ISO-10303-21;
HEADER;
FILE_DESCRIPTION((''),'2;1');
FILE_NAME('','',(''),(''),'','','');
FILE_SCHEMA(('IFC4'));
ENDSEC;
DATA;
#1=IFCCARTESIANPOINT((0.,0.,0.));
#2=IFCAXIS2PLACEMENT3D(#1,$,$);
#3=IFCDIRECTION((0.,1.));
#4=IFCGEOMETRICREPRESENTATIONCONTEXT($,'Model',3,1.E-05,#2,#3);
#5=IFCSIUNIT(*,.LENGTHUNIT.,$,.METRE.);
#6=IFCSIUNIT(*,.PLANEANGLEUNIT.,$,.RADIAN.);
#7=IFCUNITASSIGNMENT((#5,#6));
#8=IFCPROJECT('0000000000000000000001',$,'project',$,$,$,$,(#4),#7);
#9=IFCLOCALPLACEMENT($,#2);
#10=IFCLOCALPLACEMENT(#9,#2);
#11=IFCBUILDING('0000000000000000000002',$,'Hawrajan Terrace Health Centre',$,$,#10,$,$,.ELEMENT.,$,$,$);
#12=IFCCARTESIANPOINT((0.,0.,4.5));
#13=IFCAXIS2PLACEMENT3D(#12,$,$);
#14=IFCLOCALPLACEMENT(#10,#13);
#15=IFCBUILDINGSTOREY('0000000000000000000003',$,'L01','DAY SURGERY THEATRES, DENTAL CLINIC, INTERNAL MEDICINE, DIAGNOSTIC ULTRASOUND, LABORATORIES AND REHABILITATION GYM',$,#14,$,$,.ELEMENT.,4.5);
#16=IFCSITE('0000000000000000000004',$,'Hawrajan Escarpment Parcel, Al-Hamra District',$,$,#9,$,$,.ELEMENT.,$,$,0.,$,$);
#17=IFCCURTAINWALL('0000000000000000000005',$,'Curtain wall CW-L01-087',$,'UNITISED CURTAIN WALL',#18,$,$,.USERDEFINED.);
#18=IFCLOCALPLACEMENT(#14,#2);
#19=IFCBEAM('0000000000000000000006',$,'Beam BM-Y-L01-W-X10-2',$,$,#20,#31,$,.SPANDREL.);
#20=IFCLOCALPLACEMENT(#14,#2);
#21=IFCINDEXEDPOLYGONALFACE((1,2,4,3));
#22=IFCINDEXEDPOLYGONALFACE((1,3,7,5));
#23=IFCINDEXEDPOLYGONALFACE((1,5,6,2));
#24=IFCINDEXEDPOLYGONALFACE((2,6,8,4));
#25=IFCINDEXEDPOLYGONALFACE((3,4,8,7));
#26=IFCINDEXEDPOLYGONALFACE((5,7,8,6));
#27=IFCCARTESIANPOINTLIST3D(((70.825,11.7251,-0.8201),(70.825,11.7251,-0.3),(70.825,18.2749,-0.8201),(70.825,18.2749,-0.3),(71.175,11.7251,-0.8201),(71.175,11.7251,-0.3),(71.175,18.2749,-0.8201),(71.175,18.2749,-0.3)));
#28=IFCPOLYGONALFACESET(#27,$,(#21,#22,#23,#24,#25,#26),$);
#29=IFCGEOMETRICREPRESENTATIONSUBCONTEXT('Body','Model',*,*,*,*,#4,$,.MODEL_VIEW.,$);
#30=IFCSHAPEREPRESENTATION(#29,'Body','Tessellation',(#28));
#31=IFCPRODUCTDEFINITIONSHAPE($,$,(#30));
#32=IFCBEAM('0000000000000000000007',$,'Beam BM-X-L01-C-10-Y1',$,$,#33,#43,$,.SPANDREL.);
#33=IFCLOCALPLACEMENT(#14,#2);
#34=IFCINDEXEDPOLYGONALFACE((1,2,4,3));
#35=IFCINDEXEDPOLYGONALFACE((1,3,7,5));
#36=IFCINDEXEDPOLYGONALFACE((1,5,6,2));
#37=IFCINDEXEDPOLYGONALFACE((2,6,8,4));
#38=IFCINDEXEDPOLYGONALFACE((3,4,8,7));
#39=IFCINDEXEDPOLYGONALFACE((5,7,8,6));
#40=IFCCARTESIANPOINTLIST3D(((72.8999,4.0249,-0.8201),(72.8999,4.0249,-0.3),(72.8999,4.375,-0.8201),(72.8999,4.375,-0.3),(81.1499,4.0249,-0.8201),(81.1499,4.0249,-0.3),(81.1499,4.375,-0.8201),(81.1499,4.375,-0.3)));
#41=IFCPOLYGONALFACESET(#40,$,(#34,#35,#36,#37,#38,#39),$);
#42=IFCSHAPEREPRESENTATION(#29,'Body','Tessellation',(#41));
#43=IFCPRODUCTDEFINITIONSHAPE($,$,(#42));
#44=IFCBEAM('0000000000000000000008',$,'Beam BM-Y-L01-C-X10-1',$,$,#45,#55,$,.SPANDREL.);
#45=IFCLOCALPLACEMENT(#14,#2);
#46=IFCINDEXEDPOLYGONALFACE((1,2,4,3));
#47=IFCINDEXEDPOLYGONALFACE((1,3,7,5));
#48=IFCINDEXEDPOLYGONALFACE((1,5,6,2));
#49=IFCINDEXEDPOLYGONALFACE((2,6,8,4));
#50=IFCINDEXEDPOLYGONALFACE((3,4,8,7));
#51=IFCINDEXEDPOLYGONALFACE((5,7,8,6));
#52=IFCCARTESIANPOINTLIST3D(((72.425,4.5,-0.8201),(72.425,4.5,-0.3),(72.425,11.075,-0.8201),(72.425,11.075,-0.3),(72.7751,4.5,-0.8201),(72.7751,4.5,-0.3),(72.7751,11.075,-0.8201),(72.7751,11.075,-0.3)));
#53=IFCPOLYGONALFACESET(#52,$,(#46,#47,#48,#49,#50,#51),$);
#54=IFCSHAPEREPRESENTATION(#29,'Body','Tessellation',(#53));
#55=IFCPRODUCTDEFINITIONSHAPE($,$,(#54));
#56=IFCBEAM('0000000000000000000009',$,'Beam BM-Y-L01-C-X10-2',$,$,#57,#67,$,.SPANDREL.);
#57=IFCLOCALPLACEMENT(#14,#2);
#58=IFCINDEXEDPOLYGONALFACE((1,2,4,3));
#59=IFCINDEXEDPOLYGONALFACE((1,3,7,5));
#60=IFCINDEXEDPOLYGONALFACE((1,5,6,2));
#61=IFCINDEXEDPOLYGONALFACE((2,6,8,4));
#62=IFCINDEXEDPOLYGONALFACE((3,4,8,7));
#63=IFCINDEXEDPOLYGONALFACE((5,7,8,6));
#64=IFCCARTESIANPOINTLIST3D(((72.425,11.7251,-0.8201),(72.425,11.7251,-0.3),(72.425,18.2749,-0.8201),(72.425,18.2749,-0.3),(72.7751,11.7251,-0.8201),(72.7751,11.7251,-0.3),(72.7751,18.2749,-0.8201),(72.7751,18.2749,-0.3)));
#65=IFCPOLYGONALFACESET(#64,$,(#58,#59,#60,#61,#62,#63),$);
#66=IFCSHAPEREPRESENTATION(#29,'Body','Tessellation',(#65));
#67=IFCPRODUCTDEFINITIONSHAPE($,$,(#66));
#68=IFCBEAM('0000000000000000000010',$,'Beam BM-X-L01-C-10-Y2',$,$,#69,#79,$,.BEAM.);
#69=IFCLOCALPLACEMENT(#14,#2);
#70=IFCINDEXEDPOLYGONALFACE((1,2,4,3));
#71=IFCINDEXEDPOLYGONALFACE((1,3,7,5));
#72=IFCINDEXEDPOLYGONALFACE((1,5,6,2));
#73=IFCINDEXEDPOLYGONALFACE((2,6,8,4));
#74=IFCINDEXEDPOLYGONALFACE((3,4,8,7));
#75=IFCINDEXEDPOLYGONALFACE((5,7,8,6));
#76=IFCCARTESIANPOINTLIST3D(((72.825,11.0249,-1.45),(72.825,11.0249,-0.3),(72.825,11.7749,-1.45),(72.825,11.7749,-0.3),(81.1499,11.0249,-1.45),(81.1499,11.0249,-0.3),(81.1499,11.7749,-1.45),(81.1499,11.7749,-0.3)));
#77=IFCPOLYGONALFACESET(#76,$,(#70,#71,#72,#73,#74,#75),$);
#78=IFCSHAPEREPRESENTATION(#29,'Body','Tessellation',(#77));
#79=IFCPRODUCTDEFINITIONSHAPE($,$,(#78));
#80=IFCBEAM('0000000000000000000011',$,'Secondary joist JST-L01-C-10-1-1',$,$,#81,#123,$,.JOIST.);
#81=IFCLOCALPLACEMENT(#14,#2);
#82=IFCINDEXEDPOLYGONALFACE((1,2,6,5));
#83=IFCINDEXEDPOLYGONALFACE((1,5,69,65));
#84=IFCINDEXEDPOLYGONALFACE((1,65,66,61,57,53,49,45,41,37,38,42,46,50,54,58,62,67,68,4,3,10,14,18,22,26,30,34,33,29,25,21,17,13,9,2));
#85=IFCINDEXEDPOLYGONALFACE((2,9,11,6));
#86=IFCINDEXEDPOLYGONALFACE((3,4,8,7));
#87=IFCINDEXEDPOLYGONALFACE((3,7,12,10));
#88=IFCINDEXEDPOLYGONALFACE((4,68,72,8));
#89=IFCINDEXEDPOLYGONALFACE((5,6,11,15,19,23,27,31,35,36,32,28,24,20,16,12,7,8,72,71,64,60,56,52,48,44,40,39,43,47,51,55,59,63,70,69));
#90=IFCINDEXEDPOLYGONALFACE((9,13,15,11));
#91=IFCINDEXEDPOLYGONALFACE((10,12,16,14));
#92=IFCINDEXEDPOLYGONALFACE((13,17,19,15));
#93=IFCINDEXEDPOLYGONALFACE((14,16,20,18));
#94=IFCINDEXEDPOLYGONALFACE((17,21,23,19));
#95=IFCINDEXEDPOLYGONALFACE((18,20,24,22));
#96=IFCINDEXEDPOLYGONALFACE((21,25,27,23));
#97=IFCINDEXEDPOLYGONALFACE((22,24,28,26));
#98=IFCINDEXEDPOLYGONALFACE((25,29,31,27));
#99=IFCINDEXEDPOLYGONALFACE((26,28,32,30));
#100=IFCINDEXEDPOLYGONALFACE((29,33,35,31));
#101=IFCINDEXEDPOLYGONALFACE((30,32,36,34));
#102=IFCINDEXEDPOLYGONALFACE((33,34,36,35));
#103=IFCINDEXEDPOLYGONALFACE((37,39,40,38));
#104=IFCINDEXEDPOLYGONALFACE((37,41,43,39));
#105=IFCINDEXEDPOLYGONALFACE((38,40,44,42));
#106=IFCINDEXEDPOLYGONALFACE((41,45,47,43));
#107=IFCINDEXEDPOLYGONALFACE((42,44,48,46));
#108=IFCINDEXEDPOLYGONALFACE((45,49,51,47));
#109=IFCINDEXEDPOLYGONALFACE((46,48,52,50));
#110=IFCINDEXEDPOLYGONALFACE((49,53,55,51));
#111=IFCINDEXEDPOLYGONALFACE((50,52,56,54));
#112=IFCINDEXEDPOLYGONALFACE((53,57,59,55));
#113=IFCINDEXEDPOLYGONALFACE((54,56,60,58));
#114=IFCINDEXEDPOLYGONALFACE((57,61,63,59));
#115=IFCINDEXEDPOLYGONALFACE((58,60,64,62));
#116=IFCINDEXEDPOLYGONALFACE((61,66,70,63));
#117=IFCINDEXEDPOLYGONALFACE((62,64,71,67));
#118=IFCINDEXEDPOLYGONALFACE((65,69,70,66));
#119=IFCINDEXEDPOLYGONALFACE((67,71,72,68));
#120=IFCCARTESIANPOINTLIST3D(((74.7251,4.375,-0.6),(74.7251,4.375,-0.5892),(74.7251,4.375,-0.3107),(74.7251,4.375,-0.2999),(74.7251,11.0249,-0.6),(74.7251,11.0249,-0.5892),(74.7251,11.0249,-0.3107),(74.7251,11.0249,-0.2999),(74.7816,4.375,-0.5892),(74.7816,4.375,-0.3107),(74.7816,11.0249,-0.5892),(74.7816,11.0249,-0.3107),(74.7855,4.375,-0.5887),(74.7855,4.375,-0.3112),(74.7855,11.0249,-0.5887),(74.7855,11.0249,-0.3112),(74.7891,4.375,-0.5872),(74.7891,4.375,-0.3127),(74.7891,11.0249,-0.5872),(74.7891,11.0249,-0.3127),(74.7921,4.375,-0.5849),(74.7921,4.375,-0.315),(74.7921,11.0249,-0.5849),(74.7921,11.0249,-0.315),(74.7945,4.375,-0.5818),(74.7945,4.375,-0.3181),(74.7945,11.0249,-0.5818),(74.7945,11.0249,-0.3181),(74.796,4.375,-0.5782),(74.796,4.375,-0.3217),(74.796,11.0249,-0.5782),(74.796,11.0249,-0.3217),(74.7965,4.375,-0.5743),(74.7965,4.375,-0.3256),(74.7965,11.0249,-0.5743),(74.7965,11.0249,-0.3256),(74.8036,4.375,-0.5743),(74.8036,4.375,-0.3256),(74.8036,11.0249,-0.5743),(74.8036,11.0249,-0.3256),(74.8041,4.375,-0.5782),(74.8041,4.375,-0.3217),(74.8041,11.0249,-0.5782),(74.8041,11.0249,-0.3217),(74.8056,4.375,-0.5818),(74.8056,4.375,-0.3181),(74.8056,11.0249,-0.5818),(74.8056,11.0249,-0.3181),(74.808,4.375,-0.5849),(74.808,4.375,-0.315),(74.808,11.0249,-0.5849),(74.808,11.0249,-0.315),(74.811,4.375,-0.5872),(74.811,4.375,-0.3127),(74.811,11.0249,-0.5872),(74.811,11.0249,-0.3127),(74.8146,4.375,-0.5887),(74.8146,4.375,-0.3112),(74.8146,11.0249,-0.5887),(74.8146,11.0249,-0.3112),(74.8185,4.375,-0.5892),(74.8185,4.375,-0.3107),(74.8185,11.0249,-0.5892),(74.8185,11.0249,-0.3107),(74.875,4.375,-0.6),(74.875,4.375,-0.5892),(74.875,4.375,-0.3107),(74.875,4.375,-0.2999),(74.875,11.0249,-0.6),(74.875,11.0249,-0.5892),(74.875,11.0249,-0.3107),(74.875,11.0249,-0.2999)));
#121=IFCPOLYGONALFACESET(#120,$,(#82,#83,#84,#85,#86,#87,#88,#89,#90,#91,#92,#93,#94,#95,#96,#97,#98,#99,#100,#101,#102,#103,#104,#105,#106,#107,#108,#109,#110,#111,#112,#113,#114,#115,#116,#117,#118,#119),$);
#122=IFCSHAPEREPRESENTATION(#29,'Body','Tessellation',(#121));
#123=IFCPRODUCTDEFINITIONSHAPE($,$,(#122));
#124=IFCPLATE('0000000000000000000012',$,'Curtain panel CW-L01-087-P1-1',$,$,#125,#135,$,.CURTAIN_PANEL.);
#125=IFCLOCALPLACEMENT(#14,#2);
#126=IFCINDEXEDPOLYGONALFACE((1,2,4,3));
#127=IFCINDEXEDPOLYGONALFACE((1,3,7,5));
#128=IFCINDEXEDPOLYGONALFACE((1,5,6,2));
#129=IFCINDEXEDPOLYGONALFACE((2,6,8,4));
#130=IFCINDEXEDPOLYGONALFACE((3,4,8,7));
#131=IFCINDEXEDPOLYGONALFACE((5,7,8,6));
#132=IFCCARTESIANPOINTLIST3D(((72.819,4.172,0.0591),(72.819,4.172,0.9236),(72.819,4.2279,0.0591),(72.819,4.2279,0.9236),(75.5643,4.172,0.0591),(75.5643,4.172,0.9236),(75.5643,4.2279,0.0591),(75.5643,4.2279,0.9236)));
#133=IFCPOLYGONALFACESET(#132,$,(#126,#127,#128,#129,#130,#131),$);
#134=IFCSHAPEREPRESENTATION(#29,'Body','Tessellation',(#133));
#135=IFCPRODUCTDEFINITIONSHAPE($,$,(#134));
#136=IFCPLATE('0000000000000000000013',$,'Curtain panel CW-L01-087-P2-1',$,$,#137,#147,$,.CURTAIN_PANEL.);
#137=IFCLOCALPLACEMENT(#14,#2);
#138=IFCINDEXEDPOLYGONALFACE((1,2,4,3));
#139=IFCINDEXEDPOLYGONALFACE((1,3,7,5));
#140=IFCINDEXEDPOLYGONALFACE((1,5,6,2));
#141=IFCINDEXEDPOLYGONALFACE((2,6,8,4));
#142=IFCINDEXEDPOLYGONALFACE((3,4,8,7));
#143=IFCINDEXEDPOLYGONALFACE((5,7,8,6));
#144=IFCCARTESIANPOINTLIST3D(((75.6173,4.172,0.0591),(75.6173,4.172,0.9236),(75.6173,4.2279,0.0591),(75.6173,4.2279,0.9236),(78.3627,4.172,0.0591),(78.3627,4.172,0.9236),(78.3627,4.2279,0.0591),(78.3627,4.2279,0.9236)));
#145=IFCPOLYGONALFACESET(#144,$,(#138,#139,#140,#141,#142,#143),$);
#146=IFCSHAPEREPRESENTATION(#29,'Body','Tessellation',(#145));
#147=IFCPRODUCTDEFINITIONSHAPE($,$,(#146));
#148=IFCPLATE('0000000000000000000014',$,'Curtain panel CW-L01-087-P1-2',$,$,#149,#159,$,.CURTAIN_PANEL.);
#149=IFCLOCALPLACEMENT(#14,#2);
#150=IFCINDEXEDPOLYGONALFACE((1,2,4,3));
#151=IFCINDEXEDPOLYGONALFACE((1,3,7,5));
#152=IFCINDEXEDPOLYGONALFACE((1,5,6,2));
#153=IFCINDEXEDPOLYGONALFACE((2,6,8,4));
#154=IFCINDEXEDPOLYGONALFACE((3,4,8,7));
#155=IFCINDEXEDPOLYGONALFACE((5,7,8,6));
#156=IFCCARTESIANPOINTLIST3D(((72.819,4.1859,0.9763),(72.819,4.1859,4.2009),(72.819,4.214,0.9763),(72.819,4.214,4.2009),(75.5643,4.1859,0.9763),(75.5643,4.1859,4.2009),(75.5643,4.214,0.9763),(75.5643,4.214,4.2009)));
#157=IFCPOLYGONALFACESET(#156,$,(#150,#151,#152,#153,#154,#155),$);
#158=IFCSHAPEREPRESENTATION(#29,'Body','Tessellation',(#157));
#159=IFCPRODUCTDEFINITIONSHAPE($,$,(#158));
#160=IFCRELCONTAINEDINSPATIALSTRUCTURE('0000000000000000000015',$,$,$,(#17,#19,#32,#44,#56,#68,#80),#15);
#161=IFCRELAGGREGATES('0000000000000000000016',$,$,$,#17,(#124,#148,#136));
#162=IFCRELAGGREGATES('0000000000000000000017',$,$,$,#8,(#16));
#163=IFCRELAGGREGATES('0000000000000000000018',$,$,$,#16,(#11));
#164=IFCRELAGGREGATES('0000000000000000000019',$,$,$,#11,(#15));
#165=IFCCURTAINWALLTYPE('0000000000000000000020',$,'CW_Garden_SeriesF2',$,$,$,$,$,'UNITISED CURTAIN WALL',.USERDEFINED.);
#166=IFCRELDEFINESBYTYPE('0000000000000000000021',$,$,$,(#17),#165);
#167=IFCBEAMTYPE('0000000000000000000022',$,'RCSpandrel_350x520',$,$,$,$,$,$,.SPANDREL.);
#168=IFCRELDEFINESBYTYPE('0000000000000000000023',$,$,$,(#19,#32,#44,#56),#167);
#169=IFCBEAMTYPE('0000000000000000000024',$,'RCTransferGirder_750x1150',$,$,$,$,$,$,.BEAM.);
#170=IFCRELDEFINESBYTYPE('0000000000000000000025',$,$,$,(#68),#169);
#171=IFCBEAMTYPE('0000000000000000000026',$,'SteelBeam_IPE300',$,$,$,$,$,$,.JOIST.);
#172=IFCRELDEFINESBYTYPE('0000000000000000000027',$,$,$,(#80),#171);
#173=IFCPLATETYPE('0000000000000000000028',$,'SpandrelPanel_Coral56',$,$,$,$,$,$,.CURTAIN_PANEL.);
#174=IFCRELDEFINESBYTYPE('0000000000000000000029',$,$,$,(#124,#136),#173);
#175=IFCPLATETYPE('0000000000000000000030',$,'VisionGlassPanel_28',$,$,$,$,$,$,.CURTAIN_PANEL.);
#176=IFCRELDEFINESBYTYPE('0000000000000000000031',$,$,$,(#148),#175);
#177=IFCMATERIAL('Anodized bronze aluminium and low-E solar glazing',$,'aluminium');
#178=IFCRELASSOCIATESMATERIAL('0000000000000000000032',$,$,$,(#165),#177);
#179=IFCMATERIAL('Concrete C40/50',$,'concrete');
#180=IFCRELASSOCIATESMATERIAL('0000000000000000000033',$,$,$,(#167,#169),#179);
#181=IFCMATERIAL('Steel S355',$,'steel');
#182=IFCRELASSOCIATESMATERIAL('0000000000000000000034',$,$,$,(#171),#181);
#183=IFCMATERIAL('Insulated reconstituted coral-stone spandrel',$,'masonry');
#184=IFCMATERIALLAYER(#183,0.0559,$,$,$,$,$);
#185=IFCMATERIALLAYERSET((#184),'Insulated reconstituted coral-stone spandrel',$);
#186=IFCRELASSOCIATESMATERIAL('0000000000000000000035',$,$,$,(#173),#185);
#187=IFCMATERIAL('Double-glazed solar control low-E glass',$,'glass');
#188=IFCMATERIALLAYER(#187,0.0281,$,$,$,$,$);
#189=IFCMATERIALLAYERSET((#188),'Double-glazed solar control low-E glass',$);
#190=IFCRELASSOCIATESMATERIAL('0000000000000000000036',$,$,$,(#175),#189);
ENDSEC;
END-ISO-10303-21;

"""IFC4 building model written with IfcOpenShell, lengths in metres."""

from ifc_helpers import new_model, si_unit, direction, frame, origin, origin_2d, place, context, subcontext, project, spatial, rectangle, i_section, extrude, material, layer, layer_set, material_profile, profile_set, type_object, element, aggregate, save


model = new_model("IFC4")

# Units and contexts
model_context = context("Model", 3, precision=1e-05, world=origin(), true_north=direction((0.0, 1.0)))
body_context = subcontext(model_context, "Body", "Model", "MODEL_VIEW")
ifc_project = project(units=[si_unit("LENGTHUNIT", "METRE"), si_unit("PLANEANGLEUNIT", "RADIAN")], contexts=[model_context])

# Site, building, storey
site_placement = place(None, origin())
site = spatial("IfcSite", under=ifc_project, at=site_placement, Name="Hawrajan Escarpment Parcel, Al-Hamra District", CompositionType="ELEMENT", RefElevation=0.0)
building_placement = place(site_placement, origin())
building = spatial("IfcBuilding", under=site, at=building_placement, Name="Hawrajan Terrace Health Centre", CompositionType="ELEMENT")
storey_placement = place(building_placement, frame((0.0, 0.0, 4.5)))
storey = spatial("IfcBuildingStorey", under=building, at=storey_placement, Name="L01", Description="DAY SURGERY THEATRES, DENTAL CLINIC, INTERNAL MEDICINE, DIAGNOSTIC ULTRASOUND, LABORATORIES AND REHABILITATION GYM", CompositionType="ELEMENT", Elevation=4.5)

# Curtain wall
ifc_material_1 = material(Name="Anodized bronze aluminium and low-E solar glazing", Category="aluminium")
curtain_wall_type = type_object("IfcCurtainWallType", Name="CW_Garden_SeriesF2", ElementType="UNITISED CURTAIN WALL", PredefinedType="USERDEFINED", material=ifc_material_1)
curtain_wall_placement = place(storey_placement, origin())
curtain_wall = element("IfcCurtainWall", 1, at=curtain_wall_placement, inside=storey, type_object=curtain_wall_type, Name="Curtain wall CW-L01-087", ObjectType="UNITISED CURTAIN WALL", PredefinedType="USERDEFINED")

# Beams
ifc_material_2 = material(Name="Concrete C40/50", Category="concrete")
ifc_material_profile_1 = material_profile(ifc_material_2, rectangle(XDim=0.3501, YDim=0.52, at=origin_2d()), Name="RC SP 350x520")
ifc_profile_set_1 = profile_set([ifc_material_profile_1], Name="Concrete C40/50")
beam_type_1 = type_object("IfcBeamType", Name="RCSpandrel_350x520", PredefinedType="SPANDREL", material=ifc_profile_set_1)
beam_1_placement = place(storey_placement, frame((71.0, 11.7251, -0.5601), z_axis=(0.0, 1.0, 0.0), x_axis=(-1.0, 0.0, 0.0)))
element("IfcBeam", 2, at=beam_1_placement, inside=storey, type_object=beam_type_1, Name="Beam BM-Y-L01-W-X10-2", PredefinedType="SPANDREL", context=body_context, shape_type="SweptSolid", body=[
    extrude(rectangle(XDim=0.3501, YDim=0.52, at=origin_2d()), origin(), (0.0, 0.0, 1.0), 6.5498),
])
beam_2_placement = place(storey_placement, frame((72.8999, 4.2, -0.5601), z_axis=(1.0, 0.0, 0.0), x_axis=(0.0, 1.0, 0.0)))
element("IfcBeam", 3, at=beam_2_placement, inside=storey, type_object=beam_type_1, Name="Beam BM-X-L01-C-10-Y1", PredefinedType="SPANDREL", context=body_context, shape_type="SweptSolid", body=[
    extrude(rectangle(XDim=0.3501, YDim=0.52, at=origin_2d()), origin(), (0.0, 0.0, 1.0), 8.25),
])
beam_3_placement = place(storey_placement, frame((72.6001, 4.5, -0.5601), z_axis=(0.0, 1.0, 0.0), x_axis=(-1.0, 0.0, 0.0)))
element("IfcBeam", 4, at=beam_3_placement, inside=storey, type_object=beam_type_1, Name="Beam BM-Y-L01-C-X10-1", PredefinedType="SPANDREL", context=body_context, shape_type="SweptSolid", body=[
    extrude(rectangle(XDim=0.3501, YDim=0.52, at=origin_2d()), origin(), (0.0, 0.0, 1.0), 6.575),
])
beam_4_placement = place(storey_placement, frame((72.6001, 11.7251, -0.5601), z_axis=(0.0, 1.0, 0.0), x_axis=(-1.0, 0.0, 0.0)))
element("IfcBeam", 5, at=beam_4_placement, inside=storey, type_object=beam_type_1, Name="Beam BM-Y-L01-C-X10-2", PredefinedType="SPANDREL", context=body_context, shape_type="SweptSolid", body=[
    extrude(rectangle(XDim=0.3501, YDim=0.52, at=origin_2d()), origin(), (0.0, 0.0, 1.0), 6.5498),
])
ifc_material_profile_2 = material_profile(ifc_material_2, rectangle(XDim=0.75, YDim=1.1499, at=origin_2d()), Name="RC TG 750x1150")
ifc_profile_set_2 = profile_set([ifc_material_profile_2], Name="Concrete C40/50")
beam_type_2 = type_object("IfcBeamType", Name="RCTransferGirder_750x1150", PredefinedType="BEAM", material=ifc_profile_set_2)
beam_5_placement = place(storey_placement, frame((72.825, 11.3999, -0.875), z_axis=(1.0, 0.0, 0.0), x_axis=(0.0, 1.0, 0.0)))
element("IfcBeam", 6, at=beam_5_placement, inside=storey, type_object=beam_type_2, Name="Beam BM-X-L01-C-10-Y2", PredefinedType="BEAM", context=body_context, shape_type="SweptSolid", body=[
    extrude(rectangle(XDim=0.75, YDim=1.1499, at=origin_2d()), origin(), (0.0, 0.0, 1.0), 8.325),
])
ifc_material_3 = material(Name="Steel S355", Category="steel")
ifc_material_profile_3 = material_profile(ifc_material_3, i_section(OverallWidth=0.1499, OverallDepth=0.3, WebThickness=0.0071, FlangeThickness=0.0107, FilletRadius=0.0149, at=origin_2d()), Name="IPE 300")
ifc_profile_set_3 = profile_set([ifc_material_profile_3], Name="Steel S355")
beam_type_3 = type_object("IfcBeamType", Name="SteelBeam_IPE300", PredefinedType="JOIST", material=ifc_profile_set_3)
beam_6_placement = place(storey_placement, frame((74.8, 4.375, -0.45), z_axis=(0.0, 1.0, 0.0), x_axis=(-1.0, 0.0, 0.0)))
element("IfcBeam", 7, at=beam_6_placement, inside=storey, type_object=beam_type_3, Name="Secondary joist JST-L01-C-10-1-1", PredefinedType="JOIST", context=body_context, shape_type="SweptSolid", body=[
    extrude(i_section(OverallWidth=0.1499, OverallDepth=0.3, WebThickness=0.0071, FlangeThickness=0.0107, FilletRadius=0.0149, at=origin_2d()), origin(), (0.0, 0.0, 1.0), 6.6499),
])

# Plates
ifc_material_4 = material(Name="Insulated reconstituted coral-stone spandrel", Category="masonry")
ifc_layer_1 = layer(ifc_material_4, 0.0559)
ifc_layer_set_1 = layer_set([ifc_layer_1], Name="Insulated reconstituted coral-stone spandrel")
plate_type_1 = type_object("IfcPlateType", Name="SpandrelPanel_Coral56", PredefinedType="CURTAIN_PANEL", material=ifc_layer_set_1)
plate_1_placement = place(storey_placement, frame((74.1917, 4.2, 0.0591), z_axis=(0.0, 0.0, 1.0), x_axis=(1.0, 0.0, 0.0)))
plate_1 = element("IfcPlate", 8, at=plate_1_placement, type_object=plate_type_1, Name="Curtain panel CW-L01-087-P1-1", PredefinedType="CURTAIN_PANEL", context=body_context, shape_type="SweptSolid", body=[
    extrude(rectangle(XDim=2.7454, YDim=0.0559, at=origin_2d()), origin(), (0.0, 0.0, 1.0), 0.8645),
])
plate_2_placement = place(storey_placement, frame((76.99, 4.2, 0.0591), z_axis=(0.0, 0.0, 1.0), x_axis=(1.0, 0.0, 0.0)))
plate_2 = element("IfcPlate", 9, at=plate_2_placement, type_object=plate_type_1, Name="Curtain panel CW-L01-087-P2-1", PredefinedType="CURTAIN_PANEL", context=body_context, shape_type="SweptSolid", body=[
    extrude(rectangle(XDim=2.7454, YDim=0.0559, at=origin_2d()), origin(), (0.0, 0.0, 1.0), 0.8645),
])
ifc_material_5 = material(Name="Double-glazed solar control low-E glass", Category="glass")
ifc_layer_2 = layer(ifc_material_5, 0.0281)
ifc_layer_set_2 = layer_set([ifc_layer_2], Name="Double-glazed solar control low-E glass")
plate_type_2 = type_object("IfcPlateType", Name="VisionGlassPanel_28", PredefinedType="CURTAIN_PANEL", material=ifc_layer_set_2)
plate_3_placement = place(storey_placement, frame((74.1917, 4.2, 0.9763), z_axis=(0.0, 0.0, 1.0), x_axis=(1.0, 0.0, 0.0)))
plate_3 = element("IfcPlate", 10, at=plate_3_placement, type_object=plate_type_2, Name="Curtain panel CW-L01-087-P1-2", PredefinedType="CURTAIN_PANEL", context=body_context, shape_type="SweptSolid", body=[
    extrude(rectangle(XDim=2.7454, YDim=0.0281, at=origin_2d()), origin(), (0.0, 0.0, 1.0), 3.2246),
])
aggregate(curtain_wall, [plate_1, plate_3, plate_2])

save(model, "model.ifc")
